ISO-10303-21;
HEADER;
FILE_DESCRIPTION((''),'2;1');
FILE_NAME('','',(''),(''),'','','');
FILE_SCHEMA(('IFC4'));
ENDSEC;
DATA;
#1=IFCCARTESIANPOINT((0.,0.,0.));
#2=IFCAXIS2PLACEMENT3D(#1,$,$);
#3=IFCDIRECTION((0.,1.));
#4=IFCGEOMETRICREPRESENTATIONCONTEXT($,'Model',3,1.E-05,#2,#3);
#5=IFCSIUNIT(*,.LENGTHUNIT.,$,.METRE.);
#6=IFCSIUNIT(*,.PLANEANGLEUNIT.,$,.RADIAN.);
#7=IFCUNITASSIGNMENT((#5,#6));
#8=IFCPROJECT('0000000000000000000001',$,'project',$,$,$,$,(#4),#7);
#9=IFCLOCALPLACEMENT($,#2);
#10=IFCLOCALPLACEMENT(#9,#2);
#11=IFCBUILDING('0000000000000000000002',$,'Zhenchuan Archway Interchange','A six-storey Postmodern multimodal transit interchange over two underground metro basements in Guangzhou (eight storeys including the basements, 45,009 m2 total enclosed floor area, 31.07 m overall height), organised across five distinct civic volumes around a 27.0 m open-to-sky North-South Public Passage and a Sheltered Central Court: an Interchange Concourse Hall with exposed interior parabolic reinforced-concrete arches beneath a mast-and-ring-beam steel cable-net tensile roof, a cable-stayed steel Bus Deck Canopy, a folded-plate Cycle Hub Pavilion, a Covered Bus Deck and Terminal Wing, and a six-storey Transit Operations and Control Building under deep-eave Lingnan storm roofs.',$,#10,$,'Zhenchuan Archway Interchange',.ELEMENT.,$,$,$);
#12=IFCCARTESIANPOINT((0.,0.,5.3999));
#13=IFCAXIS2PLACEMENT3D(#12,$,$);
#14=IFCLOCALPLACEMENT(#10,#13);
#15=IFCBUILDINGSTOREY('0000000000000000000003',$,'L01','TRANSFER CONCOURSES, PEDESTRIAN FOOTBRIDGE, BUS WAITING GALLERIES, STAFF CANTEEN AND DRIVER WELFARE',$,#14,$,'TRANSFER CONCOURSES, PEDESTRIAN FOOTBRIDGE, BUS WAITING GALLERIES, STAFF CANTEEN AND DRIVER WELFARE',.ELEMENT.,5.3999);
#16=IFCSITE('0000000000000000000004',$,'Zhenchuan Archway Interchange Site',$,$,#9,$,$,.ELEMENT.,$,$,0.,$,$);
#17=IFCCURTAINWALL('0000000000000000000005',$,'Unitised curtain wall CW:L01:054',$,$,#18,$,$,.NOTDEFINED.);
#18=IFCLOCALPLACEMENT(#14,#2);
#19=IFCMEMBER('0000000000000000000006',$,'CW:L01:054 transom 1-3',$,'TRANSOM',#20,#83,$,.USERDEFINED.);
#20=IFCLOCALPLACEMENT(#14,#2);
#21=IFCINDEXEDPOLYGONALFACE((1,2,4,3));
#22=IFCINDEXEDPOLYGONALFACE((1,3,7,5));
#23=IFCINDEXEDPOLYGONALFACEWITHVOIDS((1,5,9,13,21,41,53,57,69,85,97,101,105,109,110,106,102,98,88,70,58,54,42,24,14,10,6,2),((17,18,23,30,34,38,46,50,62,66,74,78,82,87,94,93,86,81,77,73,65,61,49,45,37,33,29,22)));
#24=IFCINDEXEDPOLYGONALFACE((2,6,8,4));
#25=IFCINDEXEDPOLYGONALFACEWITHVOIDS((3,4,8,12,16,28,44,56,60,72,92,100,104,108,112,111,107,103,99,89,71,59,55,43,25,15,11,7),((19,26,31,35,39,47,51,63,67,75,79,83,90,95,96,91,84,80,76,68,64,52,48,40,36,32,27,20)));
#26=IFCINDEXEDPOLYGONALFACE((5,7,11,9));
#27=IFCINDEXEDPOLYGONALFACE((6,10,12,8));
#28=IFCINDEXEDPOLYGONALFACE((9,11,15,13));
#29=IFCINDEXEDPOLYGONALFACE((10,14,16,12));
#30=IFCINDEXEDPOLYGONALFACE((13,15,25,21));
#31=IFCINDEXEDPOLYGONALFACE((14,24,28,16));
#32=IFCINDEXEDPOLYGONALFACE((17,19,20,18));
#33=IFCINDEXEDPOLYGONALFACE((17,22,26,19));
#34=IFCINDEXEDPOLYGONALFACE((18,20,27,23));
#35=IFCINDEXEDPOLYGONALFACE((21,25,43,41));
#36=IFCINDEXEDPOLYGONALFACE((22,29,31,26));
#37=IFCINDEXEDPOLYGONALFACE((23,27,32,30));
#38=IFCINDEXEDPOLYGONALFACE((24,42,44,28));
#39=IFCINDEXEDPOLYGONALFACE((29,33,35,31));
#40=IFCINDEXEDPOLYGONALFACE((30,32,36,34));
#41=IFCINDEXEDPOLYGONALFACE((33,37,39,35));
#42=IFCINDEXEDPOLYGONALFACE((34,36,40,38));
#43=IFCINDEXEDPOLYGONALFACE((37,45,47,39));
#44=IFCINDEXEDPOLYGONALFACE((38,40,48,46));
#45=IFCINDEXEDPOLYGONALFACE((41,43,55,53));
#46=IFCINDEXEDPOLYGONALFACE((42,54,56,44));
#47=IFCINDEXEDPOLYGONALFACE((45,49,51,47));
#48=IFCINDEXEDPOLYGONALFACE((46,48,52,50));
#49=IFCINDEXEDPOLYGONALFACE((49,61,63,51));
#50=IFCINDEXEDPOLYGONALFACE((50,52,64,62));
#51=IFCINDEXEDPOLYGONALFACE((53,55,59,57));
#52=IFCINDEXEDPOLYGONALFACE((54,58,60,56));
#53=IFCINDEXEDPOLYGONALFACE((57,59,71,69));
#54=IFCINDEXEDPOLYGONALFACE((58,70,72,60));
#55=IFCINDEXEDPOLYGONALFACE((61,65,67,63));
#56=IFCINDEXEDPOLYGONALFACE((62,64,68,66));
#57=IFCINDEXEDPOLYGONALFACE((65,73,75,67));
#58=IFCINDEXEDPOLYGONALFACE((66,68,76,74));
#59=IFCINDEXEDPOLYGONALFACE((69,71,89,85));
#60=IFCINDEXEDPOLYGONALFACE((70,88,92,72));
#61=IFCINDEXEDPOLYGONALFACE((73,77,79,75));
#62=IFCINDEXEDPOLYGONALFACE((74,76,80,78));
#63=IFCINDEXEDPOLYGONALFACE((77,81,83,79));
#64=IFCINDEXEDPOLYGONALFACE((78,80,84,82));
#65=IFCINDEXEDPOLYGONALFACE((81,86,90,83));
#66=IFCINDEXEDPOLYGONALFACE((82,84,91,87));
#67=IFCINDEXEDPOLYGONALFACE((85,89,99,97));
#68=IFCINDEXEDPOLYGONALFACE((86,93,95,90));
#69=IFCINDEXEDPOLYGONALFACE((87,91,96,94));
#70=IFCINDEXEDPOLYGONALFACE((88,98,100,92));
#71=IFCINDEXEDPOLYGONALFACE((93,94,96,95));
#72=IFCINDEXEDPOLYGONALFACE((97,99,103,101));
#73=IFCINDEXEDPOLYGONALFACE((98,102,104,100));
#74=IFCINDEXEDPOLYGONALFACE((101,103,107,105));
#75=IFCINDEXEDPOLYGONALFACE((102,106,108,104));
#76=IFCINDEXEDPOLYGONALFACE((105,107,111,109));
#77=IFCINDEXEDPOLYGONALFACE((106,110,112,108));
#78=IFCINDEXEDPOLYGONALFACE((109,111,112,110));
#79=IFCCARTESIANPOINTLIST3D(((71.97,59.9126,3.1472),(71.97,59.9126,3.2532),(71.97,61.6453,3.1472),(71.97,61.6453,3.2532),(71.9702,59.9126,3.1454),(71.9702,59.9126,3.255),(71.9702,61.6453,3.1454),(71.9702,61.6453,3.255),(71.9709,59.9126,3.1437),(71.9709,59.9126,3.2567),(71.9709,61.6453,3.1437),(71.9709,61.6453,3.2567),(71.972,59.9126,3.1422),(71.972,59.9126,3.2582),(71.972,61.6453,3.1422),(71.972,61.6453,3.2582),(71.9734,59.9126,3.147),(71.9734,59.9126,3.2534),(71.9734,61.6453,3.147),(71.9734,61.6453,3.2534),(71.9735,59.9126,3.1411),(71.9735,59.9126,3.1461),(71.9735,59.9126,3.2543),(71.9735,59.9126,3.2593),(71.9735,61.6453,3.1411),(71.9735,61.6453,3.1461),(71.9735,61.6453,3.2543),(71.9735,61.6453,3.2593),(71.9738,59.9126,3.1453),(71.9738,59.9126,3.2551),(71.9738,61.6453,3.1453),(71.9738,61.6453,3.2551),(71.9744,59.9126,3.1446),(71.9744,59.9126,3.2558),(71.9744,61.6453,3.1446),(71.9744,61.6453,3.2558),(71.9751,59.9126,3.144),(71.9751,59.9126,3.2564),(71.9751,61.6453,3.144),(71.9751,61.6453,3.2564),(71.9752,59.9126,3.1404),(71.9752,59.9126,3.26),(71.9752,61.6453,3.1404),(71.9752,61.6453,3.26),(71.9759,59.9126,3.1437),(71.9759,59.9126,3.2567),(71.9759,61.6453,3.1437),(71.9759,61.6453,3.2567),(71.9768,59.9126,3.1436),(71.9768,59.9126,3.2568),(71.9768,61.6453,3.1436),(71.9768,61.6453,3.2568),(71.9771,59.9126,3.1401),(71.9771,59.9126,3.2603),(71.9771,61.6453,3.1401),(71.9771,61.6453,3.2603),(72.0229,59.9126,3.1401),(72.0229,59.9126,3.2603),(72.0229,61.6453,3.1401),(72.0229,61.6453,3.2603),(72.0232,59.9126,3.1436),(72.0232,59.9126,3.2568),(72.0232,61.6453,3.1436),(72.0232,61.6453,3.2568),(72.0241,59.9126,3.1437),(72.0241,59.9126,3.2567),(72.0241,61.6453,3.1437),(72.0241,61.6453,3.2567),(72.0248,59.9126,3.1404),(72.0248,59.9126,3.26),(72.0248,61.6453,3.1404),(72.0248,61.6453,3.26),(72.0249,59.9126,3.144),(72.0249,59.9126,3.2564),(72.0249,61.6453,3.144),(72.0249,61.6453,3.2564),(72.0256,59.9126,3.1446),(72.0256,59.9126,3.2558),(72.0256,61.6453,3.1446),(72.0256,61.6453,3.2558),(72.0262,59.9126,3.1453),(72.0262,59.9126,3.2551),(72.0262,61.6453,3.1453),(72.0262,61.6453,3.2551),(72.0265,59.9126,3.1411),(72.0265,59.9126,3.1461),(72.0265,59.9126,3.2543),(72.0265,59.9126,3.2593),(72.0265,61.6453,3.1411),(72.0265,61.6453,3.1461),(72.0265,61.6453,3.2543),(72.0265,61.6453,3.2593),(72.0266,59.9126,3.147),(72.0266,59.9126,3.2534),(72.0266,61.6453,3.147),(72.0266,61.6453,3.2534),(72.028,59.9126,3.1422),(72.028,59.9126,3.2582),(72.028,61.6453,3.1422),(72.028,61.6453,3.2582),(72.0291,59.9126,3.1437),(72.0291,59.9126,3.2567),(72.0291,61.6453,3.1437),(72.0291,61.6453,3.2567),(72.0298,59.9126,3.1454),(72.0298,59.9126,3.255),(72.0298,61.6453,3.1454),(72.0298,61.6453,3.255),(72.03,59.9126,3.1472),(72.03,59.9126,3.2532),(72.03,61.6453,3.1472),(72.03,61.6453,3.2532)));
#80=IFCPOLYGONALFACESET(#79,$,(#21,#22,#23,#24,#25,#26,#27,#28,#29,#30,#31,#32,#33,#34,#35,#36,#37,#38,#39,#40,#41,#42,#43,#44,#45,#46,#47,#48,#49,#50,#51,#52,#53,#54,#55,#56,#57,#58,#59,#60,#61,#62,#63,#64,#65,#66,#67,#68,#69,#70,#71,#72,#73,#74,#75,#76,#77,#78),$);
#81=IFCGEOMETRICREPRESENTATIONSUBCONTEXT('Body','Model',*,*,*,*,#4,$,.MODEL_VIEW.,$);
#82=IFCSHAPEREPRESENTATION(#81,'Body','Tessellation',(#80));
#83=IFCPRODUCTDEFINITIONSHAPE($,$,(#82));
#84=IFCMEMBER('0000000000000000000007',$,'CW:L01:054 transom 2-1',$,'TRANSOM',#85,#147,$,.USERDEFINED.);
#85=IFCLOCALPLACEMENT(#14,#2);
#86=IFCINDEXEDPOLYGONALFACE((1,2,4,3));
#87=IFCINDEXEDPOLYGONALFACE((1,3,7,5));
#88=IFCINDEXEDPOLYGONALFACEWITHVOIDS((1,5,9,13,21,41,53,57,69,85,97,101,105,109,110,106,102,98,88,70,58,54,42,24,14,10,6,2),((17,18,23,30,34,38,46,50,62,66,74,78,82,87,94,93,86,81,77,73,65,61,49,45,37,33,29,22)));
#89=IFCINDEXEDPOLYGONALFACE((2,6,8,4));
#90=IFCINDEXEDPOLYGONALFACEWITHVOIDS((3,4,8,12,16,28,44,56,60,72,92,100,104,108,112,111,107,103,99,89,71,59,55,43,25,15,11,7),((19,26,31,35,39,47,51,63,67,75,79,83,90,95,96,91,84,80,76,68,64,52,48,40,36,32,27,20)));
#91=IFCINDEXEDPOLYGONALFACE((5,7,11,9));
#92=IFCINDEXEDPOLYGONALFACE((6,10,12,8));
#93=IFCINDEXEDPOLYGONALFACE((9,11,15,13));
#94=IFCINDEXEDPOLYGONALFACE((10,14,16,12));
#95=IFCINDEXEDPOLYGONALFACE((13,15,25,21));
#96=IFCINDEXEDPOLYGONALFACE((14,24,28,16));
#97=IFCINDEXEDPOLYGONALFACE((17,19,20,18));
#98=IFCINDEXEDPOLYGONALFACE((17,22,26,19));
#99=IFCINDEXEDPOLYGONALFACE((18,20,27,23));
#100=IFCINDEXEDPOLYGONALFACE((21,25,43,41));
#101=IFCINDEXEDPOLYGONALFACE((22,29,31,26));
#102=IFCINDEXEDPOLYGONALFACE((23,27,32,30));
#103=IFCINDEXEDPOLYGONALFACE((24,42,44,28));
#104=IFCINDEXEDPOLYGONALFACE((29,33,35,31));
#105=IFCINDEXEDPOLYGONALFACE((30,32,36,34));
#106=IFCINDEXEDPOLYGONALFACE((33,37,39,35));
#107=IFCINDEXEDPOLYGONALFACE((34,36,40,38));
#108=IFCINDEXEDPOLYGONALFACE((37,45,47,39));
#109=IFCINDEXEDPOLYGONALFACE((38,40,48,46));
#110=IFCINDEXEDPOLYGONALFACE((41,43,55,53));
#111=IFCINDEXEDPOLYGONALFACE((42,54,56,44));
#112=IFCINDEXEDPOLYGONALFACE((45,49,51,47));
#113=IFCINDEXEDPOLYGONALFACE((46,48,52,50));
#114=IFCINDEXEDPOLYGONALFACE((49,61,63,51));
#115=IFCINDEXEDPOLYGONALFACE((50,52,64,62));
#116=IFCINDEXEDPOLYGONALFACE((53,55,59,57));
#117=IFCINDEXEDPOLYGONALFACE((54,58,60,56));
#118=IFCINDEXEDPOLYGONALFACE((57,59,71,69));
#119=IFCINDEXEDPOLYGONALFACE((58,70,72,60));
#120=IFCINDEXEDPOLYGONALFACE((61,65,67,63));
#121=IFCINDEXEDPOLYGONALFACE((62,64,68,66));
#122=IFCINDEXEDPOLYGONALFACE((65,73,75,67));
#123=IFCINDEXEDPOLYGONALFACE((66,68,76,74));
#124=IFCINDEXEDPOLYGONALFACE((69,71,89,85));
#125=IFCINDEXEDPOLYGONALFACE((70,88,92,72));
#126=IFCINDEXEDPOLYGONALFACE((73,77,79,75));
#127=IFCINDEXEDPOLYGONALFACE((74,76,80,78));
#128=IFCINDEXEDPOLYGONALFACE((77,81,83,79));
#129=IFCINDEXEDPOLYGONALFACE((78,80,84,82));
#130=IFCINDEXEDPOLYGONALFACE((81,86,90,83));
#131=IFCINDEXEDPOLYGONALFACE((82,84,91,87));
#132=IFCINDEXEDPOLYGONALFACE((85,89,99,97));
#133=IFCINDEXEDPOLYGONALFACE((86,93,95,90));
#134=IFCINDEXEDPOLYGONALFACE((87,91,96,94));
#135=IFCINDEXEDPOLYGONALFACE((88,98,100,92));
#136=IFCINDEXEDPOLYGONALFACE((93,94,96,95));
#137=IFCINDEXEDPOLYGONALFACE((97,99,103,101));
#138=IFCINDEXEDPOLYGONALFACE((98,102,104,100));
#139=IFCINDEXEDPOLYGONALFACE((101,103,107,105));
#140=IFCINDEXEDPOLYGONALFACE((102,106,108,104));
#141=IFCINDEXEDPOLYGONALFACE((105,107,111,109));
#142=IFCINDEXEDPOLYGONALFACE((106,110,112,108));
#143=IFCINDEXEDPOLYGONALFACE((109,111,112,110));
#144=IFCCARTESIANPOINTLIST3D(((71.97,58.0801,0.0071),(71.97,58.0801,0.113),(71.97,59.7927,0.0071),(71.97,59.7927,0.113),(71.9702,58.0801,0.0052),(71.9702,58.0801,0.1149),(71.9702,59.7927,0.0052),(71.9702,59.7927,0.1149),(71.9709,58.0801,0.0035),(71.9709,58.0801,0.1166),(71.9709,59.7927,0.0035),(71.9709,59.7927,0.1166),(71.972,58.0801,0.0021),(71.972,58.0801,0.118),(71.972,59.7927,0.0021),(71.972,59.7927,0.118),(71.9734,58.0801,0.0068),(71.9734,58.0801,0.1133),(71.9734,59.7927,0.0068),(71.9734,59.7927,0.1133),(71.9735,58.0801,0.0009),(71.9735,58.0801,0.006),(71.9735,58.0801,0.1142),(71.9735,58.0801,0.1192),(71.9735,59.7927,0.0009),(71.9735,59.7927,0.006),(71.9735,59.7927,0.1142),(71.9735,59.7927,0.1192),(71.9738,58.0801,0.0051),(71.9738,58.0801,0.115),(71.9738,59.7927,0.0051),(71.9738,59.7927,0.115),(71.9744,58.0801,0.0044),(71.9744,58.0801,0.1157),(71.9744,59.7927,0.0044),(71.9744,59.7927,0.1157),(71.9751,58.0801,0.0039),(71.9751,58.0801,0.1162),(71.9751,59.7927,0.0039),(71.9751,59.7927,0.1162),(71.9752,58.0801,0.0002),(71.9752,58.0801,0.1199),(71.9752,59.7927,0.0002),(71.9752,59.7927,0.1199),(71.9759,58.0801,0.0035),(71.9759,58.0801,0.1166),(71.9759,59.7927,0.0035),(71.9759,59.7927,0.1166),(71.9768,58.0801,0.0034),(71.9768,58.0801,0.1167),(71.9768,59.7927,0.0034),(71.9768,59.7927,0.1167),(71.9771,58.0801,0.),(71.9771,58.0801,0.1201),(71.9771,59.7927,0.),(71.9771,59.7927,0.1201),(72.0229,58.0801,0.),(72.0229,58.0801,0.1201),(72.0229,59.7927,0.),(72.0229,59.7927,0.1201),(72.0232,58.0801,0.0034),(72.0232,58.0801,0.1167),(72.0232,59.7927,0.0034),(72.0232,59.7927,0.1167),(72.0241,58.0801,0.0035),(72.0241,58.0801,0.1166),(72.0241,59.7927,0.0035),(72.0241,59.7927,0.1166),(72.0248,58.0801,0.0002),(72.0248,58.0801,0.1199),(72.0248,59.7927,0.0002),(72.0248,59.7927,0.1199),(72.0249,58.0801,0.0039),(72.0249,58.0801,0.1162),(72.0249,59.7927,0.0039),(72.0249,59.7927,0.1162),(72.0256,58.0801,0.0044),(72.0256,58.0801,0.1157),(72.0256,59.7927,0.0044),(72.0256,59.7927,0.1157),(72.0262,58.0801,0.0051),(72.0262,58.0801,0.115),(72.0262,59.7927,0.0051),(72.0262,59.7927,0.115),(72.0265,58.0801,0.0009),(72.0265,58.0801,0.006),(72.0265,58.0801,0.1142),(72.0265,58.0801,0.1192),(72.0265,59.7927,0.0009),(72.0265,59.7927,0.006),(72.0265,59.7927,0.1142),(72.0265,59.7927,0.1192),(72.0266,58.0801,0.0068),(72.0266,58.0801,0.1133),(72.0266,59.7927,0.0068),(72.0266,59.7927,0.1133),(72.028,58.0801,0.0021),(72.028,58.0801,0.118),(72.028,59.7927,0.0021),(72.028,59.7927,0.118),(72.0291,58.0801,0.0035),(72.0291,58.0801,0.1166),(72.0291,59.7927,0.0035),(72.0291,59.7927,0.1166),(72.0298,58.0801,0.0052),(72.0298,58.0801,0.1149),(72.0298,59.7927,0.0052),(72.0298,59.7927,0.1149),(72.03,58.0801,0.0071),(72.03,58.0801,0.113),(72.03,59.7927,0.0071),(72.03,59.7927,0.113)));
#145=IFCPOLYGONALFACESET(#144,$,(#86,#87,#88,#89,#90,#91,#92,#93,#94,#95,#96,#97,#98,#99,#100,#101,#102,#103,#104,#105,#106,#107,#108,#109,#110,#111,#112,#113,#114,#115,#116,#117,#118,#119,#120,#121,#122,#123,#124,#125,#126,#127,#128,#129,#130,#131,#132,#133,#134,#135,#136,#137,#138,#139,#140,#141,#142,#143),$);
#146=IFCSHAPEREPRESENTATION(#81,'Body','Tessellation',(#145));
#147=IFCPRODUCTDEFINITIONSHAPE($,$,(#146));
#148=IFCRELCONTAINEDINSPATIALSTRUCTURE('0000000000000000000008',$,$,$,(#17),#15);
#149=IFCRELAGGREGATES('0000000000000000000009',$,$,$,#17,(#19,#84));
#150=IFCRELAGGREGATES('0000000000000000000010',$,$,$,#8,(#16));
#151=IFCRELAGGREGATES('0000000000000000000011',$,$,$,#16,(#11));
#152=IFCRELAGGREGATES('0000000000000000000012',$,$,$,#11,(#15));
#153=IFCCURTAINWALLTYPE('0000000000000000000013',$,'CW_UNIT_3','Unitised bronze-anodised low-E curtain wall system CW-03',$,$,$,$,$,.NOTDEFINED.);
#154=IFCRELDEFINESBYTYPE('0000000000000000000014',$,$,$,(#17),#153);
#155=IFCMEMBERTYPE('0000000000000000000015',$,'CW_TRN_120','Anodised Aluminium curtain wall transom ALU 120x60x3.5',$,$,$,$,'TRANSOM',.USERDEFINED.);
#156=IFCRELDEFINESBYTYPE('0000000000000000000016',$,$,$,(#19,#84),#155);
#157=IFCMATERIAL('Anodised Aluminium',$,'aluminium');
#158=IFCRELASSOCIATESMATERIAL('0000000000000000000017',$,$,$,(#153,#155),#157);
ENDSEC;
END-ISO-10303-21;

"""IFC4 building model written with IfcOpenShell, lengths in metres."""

from ifc_helpers import new_model, si_unit, direction, frame, origin, origin_2d, place, context, subcontext, project, spatial, hollow_rectangle, extrude, material, material_profile, profile_set, type_object, element, aggregate, save


model = new_model("IFC4")

# Units and contexts
model_context = context("Model", 3, precision=1e-05, world=origin(), true_north=direction((0.0, 1.0)))
body_context = subcontext(model_context, "Body", "Model", "MODEL_VIEW")
ifc_project = project(units=[si_unit("LENGTHUNIT", "METRE"), si_unit("PLANEANGLEUNIT", "RADIAN")], contexts=[model_context])

# Site, building, storey
site_placement = place(None, origin())
site = spatial("IfcSite", under=ifc_project, at=site_placement, Name="Zhenchuan Archway Interchange Site", CompositionType="ELEMENT", RefElevation=0.0)
building_placement = place(site_placement, origin())
building = spatial("IfcBuilding", under=site, at=building_placement, Name="Zhenchuan Archway Interchange", Description="A six-storey Postmodern multimodal transit interchange over two underground metro basements in Guangzhou (eight storeys including the basements, 45,009 m2 total enclosed floor area, 31.07 m overall height), organised across five distinct civic volumes around a 27.0 m open-to-sky North-South Public Passage and a Sheltered Central Court: an Interchange Concourse Hall with exposed interior parabolic reinforced-concrete arches beneath a mast-and-ring-beam steel cable-net tensile roof, a cable-stayed steel Bus Deck Canopy, a folded-plate Cycle Hub Pavilion, a Covered Bus Deck and Terminal Wing, and a six-storey Transit Operations and Control Building under deep-eave Lingnan storm roofs.", LongName="Zhenchuan Archway Interchange", CompositionType="ELEMENT")
storey_placement = place(building_placement, frame((0.0, 0.0, 5.3999)))
storey = spatial("IfcBuildingStorey", under=building, at=storey_placement, Name="L01", Description="TRANSFER CONCOURSES, PEDESTRIAN FOOTBRIDGE, BUS WAITING GALLERIES, STAFF CANTEEN AND DRIVER WELFARE", LongName="TRANSFER CONCOURSES, PEDESTRIAN FOOTBRIDGE, BUS WAITING GALLERIES, STAFF CANTEEN AND DRIVER WELFARE", CompositionType="ELEMENT", Elevation=5.3999)

# Shared definitions
ifc_material_1 = material(Name="Anodised Aluminium", Category="aluminium")

# Curtain wall, members
curtain_wall_type_1 = type_object("IfcCurtainWallType", Name="CW_UNIT_3", Description="Unitised bronze-anodised low-E curtain wall system CW-03", PredefinedType="NOTDEFINED", material=ifc_material_1)
curtain_wall_1_placement = place(storey_placement, origin())
curtain_wall_1 = element("IfcCurtainWall", 1, at=curtain_wall_1_placement, inside=storey, type_object=curtain_wall_type_1, Name="Unitised curtain wall CW:L01:054", PredefinedType="NOTDEFINED")
ifc_material_profile_1 = material_profile(ifc_material_1, hollow_rectangle(XDim=0.0601, YDim=0.1201, WallThickness=0.0034, InnerFilletRadius=0.0034, OuterFilletRadius=0.0071, at=origin_2d()), Name="ALU 120x60x3.5")
ifc_profile_set_1 = profile_set([ifc_material_profile_1], Name="Anodised Aluminium")
member_type_1 = type_object("IfcMemberType", Name="CW_TRN_120", Description="Anodised Aluminium curtain wall transom ALU 120x60x3.5", ElementType="TRANSOM", PredefinedType="USERDEFINED", material=ifc_profile_set_1)
member_1_placement = place(storey_placement, frame((72.0, 61.6453, 3.2002), z_axis=(0.0, -1.0, 0.0), x_axis=(1.0, 0.0, 0.0)))
member_1 = element("IfcMember", 2, at=member_1_placement, type_object=member_type_1, Name="CW:L01:054 transom 1-3", ObjectType="TRANSOM", PredefinedType="USERDEFINED", context=body_context, shape_type="SweptSolid", body=[
    extrude(hollow_rectangle(XDim=0.0601, YDim=0.1201, WallThickness=0.0034, InnerFilletRadius=0.0034, OuterFilletRadius=0.0071, at=origin_2d()), origin(), (0.0, 0.0, 1.0), 1.7327),
])
member_2_placement = place(storey_placement, frame((72.0, 59.7927, 0.0601), z_axis=(0.0, -1.0, 0.0), x_axis=(1.0, 0.0, 0.0)))
member_2 = element("IfcMember", 3, at=member_2_placement, type_object=member_type_1, Name="CW:L01:054 transom 2-1", ObjectType="TRANSOM", PredefinedType="USERDEFINED", context=body_context, shape_type="SweptSolid", body=[
    extrude(hollow_rectangle(XDim=0.0601, YDim=0.1201, WallThickness=0.0034, InnerFilletRadius=0.0034, OuterFilletRadius=0.0071, at=origin_2d()), origin(), (0.0, 0.0, 1.0), 1.7126),
])

aggregate(curtain_wall_1, [member_1, member_2])

save(model, "model.ifc")
